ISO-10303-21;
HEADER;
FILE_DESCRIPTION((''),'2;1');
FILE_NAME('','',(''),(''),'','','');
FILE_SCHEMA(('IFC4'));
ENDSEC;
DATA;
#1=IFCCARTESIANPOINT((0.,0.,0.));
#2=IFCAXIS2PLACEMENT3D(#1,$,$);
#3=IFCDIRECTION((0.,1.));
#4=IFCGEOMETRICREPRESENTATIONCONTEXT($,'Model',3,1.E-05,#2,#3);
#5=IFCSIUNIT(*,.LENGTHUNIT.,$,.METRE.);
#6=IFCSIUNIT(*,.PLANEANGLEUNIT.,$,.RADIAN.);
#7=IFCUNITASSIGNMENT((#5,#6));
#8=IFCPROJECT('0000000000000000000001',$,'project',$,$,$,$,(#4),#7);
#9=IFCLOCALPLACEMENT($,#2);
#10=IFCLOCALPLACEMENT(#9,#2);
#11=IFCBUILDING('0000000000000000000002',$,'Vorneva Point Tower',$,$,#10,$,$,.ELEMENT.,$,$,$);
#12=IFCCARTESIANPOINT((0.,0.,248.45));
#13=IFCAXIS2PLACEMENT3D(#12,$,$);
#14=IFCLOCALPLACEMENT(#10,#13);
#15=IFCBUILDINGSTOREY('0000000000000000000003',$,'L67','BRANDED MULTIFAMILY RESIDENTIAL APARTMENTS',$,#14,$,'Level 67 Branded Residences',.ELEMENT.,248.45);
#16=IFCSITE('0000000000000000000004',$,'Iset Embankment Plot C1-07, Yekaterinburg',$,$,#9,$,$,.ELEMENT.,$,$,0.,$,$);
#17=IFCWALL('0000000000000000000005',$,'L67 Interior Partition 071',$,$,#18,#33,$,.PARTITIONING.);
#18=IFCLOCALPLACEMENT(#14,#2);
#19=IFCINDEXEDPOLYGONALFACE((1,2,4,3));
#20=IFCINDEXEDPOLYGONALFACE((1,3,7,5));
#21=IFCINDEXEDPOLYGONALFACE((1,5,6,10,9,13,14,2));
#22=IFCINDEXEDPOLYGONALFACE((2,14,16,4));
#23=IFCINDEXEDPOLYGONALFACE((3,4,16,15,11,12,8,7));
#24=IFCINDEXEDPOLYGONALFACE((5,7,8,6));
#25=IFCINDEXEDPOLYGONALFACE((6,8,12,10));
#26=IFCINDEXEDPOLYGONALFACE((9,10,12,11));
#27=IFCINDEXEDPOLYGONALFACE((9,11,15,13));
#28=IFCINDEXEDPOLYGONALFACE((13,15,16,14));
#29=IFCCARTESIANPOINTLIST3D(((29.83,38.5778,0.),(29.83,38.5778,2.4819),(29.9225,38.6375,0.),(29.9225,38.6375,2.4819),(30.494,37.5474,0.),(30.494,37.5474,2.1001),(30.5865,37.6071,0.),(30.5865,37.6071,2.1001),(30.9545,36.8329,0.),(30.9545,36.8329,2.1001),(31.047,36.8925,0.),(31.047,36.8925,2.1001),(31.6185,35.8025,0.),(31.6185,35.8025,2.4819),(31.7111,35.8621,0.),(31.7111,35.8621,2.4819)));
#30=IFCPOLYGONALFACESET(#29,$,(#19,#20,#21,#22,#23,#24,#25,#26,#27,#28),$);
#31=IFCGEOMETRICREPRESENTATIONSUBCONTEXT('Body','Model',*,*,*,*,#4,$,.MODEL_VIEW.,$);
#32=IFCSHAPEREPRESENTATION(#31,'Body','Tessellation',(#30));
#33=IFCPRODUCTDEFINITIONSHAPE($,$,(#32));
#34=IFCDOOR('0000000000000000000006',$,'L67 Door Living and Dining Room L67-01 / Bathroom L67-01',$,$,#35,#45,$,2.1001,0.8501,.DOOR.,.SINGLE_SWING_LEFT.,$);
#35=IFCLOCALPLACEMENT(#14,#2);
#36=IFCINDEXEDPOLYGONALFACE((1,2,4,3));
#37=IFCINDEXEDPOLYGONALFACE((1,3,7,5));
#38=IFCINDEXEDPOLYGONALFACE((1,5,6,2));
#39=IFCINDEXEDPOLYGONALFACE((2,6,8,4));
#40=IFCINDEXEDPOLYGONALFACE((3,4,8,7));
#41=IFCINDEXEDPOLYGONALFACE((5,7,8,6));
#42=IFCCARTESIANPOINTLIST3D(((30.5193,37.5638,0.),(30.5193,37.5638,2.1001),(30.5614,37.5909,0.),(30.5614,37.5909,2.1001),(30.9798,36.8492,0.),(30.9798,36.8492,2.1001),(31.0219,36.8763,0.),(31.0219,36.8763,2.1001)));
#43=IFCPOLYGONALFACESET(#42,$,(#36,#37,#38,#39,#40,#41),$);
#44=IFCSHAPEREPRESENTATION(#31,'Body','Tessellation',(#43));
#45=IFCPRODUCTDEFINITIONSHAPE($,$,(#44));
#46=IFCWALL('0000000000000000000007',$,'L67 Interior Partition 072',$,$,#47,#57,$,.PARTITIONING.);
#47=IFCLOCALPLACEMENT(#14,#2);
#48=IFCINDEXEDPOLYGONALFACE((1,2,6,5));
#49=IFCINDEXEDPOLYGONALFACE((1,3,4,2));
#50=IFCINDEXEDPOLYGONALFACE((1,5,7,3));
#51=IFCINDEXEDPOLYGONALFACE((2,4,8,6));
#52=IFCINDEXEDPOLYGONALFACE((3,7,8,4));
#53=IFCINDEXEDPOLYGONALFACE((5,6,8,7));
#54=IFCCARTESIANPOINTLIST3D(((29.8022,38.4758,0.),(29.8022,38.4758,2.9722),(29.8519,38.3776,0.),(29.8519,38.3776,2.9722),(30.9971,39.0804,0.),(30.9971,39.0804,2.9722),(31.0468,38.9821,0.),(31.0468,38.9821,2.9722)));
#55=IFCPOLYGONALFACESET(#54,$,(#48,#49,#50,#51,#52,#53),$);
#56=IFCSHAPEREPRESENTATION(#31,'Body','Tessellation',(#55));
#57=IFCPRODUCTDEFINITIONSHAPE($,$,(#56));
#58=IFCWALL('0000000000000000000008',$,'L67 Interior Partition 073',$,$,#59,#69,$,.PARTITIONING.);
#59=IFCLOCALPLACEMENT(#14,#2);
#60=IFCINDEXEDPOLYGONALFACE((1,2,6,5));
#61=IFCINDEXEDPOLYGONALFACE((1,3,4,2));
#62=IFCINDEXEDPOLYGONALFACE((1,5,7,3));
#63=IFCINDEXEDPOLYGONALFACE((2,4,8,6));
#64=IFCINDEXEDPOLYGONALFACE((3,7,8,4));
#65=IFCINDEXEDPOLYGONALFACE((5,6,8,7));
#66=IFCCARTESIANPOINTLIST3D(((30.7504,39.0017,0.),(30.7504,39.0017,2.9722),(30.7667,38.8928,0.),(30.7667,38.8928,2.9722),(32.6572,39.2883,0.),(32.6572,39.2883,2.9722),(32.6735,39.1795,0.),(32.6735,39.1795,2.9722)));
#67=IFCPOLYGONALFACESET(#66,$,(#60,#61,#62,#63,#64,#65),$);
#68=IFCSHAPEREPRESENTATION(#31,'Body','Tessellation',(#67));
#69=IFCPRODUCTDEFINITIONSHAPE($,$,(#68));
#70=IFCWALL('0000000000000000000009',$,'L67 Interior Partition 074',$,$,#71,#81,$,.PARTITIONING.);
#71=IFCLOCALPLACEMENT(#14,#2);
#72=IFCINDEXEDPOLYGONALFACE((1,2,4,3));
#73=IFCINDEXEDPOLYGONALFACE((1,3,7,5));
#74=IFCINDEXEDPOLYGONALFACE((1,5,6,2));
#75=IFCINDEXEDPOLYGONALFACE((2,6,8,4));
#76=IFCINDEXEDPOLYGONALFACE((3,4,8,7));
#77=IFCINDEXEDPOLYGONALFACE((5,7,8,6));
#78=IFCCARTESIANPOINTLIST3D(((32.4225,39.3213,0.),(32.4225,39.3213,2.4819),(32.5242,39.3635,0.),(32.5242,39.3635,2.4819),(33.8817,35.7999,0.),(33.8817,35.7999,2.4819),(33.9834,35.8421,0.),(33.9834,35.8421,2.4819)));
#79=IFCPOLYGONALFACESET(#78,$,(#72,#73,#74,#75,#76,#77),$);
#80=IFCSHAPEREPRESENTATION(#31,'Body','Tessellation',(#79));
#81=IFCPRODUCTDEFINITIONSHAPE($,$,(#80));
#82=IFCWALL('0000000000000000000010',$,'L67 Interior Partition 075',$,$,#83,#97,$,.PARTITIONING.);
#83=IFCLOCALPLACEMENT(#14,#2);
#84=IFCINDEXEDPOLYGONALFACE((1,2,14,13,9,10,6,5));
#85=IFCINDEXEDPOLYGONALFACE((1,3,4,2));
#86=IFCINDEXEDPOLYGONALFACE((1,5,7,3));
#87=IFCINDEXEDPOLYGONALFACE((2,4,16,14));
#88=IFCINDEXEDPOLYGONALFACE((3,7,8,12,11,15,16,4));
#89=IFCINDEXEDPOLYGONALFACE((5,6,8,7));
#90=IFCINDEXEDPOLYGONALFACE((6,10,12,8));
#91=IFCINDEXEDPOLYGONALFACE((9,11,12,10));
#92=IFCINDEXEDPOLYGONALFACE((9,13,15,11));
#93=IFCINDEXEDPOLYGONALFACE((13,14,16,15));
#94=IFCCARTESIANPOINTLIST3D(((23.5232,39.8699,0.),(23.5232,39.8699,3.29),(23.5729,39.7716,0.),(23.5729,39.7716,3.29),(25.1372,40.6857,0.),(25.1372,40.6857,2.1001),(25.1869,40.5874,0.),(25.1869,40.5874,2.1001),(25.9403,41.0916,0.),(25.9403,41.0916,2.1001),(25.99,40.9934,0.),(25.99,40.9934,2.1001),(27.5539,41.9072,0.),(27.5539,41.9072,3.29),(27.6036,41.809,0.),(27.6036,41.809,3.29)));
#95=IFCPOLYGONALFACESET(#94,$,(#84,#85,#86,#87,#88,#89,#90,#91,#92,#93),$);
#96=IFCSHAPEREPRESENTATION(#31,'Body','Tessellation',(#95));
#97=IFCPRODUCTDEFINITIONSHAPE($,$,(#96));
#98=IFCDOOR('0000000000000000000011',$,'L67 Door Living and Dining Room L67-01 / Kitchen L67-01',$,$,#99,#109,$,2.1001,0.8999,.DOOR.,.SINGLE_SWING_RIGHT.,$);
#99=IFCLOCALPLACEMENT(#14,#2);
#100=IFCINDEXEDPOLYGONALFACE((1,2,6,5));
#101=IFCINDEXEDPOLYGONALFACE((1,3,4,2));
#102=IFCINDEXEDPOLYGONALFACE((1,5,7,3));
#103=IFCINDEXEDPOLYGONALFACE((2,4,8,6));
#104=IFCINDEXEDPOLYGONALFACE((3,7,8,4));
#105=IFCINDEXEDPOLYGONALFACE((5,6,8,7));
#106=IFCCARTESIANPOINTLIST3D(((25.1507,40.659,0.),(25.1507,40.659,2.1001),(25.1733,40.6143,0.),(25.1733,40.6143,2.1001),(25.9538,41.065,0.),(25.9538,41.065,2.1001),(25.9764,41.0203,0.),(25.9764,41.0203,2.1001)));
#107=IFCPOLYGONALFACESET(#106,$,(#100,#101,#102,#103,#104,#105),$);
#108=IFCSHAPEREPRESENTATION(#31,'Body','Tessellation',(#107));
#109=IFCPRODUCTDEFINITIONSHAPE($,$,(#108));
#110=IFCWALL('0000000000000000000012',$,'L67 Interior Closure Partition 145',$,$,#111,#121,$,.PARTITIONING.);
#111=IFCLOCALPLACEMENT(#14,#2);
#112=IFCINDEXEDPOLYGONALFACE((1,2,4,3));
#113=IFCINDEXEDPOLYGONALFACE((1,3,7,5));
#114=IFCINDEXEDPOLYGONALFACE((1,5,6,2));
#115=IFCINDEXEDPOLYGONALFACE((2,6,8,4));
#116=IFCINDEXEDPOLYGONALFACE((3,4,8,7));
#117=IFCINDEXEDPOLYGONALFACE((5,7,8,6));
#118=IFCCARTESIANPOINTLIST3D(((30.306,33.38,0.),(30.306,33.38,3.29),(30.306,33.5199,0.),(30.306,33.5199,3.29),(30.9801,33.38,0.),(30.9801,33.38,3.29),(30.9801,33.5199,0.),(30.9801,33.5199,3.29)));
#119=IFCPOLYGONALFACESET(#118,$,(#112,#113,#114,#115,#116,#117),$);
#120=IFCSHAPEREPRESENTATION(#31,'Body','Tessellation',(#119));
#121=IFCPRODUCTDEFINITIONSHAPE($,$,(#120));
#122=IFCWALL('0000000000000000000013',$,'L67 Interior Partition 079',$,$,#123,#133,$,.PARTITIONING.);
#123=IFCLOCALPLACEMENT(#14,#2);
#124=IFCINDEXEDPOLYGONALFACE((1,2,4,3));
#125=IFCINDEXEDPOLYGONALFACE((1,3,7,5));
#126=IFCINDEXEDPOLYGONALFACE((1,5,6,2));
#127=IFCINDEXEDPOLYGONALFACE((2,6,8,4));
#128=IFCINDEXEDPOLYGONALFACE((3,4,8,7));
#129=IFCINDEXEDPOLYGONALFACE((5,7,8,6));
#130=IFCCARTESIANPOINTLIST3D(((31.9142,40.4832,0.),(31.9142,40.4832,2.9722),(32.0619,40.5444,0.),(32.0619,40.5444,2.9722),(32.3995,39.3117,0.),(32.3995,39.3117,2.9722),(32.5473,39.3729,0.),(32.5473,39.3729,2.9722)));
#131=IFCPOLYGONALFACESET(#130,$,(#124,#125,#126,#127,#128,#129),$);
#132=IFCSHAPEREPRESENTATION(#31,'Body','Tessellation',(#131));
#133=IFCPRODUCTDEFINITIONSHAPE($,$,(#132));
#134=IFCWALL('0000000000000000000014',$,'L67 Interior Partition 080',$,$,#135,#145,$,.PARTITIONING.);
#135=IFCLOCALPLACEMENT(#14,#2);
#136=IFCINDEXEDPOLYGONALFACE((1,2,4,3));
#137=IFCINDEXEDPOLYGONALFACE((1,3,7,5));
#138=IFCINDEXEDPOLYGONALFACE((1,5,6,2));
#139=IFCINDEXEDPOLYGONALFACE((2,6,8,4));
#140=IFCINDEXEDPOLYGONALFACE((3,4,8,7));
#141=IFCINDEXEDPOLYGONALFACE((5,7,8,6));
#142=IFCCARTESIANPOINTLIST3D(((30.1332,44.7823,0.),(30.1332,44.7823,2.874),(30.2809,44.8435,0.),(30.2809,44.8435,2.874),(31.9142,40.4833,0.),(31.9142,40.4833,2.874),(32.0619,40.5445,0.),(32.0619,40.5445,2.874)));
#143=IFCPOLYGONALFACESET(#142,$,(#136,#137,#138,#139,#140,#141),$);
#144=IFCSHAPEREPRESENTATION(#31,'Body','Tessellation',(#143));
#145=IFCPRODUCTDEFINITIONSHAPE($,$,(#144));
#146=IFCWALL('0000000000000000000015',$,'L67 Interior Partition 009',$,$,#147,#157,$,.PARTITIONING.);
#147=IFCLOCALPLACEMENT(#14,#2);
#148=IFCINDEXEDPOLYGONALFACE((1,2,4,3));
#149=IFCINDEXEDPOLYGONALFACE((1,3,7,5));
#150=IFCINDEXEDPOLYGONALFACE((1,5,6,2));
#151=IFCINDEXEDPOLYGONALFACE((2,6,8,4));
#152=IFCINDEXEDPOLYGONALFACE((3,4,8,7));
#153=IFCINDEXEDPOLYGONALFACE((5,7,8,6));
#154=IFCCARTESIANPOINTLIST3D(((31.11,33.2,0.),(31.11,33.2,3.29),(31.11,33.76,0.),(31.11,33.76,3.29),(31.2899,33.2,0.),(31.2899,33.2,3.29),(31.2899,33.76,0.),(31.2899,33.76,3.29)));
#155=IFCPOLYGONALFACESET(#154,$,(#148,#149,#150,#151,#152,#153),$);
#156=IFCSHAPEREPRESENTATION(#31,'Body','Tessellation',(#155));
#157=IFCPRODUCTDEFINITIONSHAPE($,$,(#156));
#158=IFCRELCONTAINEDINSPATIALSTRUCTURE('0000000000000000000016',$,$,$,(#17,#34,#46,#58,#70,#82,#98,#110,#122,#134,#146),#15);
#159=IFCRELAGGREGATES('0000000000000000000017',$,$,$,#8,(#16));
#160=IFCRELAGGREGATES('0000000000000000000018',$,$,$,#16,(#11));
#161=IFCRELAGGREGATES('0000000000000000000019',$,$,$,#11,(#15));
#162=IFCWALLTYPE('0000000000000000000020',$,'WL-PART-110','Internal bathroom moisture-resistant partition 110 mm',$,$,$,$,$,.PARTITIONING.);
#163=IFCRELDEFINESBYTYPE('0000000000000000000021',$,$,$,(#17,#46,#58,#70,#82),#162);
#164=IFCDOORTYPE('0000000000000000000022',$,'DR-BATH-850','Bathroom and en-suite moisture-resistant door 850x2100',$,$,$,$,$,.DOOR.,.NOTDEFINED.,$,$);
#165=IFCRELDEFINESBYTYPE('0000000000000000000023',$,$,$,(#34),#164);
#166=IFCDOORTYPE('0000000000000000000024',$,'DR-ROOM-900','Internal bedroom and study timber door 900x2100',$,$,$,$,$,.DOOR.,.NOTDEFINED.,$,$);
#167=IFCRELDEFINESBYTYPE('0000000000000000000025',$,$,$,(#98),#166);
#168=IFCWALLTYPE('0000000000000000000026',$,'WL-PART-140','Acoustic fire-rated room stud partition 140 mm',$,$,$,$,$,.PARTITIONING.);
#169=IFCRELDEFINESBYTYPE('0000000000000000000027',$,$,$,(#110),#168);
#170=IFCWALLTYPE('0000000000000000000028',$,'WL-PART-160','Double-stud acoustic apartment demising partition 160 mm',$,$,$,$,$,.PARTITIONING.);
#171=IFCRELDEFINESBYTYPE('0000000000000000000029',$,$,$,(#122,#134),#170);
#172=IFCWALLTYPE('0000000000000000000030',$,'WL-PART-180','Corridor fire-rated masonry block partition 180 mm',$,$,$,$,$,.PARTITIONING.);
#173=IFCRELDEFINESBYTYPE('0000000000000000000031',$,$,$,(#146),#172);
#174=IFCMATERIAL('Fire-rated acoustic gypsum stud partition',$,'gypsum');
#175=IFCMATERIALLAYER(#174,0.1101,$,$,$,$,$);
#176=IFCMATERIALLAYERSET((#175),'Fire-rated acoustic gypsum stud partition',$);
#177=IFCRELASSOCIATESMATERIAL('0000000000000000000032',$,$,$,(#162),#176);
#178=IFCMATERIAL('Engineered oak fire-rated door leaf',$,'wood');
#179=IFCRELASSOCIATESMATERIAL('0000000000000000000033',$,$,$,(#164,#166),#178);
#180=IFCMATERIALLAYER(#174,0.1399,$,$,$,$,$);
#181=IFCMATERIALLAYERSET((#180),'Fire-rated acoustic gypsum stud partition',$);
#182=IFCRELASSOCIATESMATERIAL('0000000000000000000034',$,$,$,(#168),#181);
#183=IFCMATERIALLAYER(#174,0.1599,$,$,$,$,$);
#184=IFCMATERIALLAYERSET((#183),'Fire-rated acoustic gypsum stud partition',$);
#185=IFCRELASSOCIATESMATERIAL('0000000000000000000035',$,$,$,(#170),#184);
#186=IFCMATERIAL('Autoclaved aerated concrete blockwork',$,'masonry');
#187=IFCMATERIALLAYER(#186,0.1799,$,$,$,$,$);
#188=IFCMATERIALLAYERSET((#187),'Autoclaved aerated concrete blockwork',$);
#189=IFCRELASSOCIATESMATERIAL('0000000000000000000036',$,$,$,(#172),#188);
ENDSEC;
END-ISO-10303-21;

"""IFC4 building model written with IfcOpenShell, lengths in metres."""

from ifc_helpers import new_model, si_unit, direction, frame, frame_2d, origin, place, context, subcontext, project, spatial, rectangle, extrude, material, layer, layer_set, type_object, element, fill, save


model = new_model("IFC4")

# Units and contexts
model_context = context("Model", 3, precision=1e-05, world=origin(), true_north=direction((0.0, 1.0)))
body_context = subcontext(model_context, "Body", "Model", "MODEL_VIEW")
ifc_project = project(units=[si_unit("LENGTHUNIT", "METRE"), si_unit("PLANEANGLEUNIT", "RADIAN")], contexts=[model_context])

# Site, building, storey
site_placement = place(None, origin())
site = spatial("IfcSite", under=ifc_project, at=site_placement, Name="Iset Embankment Plot C1-07, Yekaterinburg", CompositionType="ELEMENT", RefElevation=0.0)
building_placement = place(site_placement, origin())
building = spatial("IfcBuilding", under=site, at=building_placement, Name="Vorneva Point Tower", CompositionType="ELEMENT")
storey_placement = place(building_placement, frame((0.0, 0.0, 248.45)))
storey = spatial("IfcBuildingStorey", under=building, at=storey_placement, Name="L67", Description="BRANDED MULTIFAMILY RESIDENTIAL APARTMENTS", LongName="Level 67 Branded Residences", CompositionType="ELEMENT", Elevation=248.45)

# Wall, opening, door
ifc_material_1 = material(Name="Fire-rated acoustic gypsum stud partition", Category="gypsum")
ifc_layer_1 = layer(ifc_material_1, 0.1101)
ifc_layer_set_1 = layer_set([ifc_layer_1], Name="Fire-rated acoustic gypsum stud partition")
wall_type_1 = type_object("IfcWallType", Name="WL-PART-110", Description="Internal bathroom moisture-resistant partition 110 mm", PredefinedType="PARTITIONING", material=ifc_layer_set_1)
wall_1_placement = place(storey_placement, frame((31.6648, 35.8323, 0.0), z_axis=(0.0, 0.0, 1.0), x_axis=(-0.541699, 0.840573, 0.0)))
wall_1 = element("IfcWall", 1, at=wall_1_placement, inside=storey, type_object=wall_type_1, Name="L67 Interior Partition 071", PredefinedType="PARTITIONING", context=body_context, shape_type="SweptSolid", body=[
    extrude(rectangle(XDim=3.3018, YDim=0.1101, at=frame_2d((1.6509, 0.0))), origin(), (0.0, 0.0, 1.0), 2.4819),
])
opening_1_placement = place(wall_1_placement, frame((1.2258, 0.0, 0.0)))
opening_1 = element("IfcOpeningElement", 2, at=opening_1_placement, cuts=wall_1, PredefinedType="OPENING", context=body_context, shape_type="SweptSolid", body=[
    extrude(rectangle(XDim=0.8501, YDim=2.1001, at=frame_2d((0.425, 1.05))), frame((0.0, 0.0698, 0.0), z_axis=(0.0, -1.0, 0.0), x_axis=(1.0, 0.0, 0.0)), (0.0, 0.0, 1.0), 0.1399),
])
ifc_material_2 = material(Name="Engineered oak fire-rated door leaf", Category="wood")
door_type_1 = type_object("IfcDoorType", Name="DR-BATH-850", Description="Bathroom and en-suite moisture-resistant door 850x2100", OperationType="NOTDEFINED", PredefinedType="DOOR", material=ifc_material_2)
door_1_placement = place(opening_1_placement, origin())
door_1 = element("IfcDoor", 3, at=door_1_placement, inside=storey, type_object=door_type_1, Name="L67 Door Living and Dining Room L67-01 / Bathroom L67-01", OperationType="SINGLE_SWING_LEFT", OverallHeight=2.1001, OverallWidth=0.8501, PredefinedType="DOOR", context=body_context, shape_type="SweptSolid", body=[
    extrude(rectangle(XDim=0.8501, YDim=2.1001, at=frame_2d((0.425, 1.05))), frame((0.0, 0.0249, 0.0), z_axis=(0.0, -1.0, 0.0), x_axis=(1.0, 0.0, 0.0)), (0.0, 0.0, 1.0), 0.05),
])
fill(opening_1, door_1)

# Walls
wall_2_placement = place(storey_placement, frame((29.8271, 38.4268, 0.0), z_axis=(0.0, 0.0, 1.0), x_axis=(0.892302, 0.451439, 0.0)))
element("IfcWall", 4, at=wall_2_placement, inside=storey, type_object=wall_type_1, Name="L67 Interior Partition 072", PredefinedType="PARTITIONING", context=body_context, shape_type="SweptSolid", body=[
    extrude(rectangle(XDim=1.3391, YDim=0.1101, at=frame_2d((0.6694, 0.0))), origin(), (0.0, 0.0, 1.0), 2.9722),
])
wall_3_placement = place(storey_placement, frame((30.7585, 38.9473, 0.0), z_axis=(0.0, 0.0, 1.0), x_axis=(0.98889, 0.14865, 0.0)))
element("IfcWall", 5, at=wall_3_placement, inside=storey, type_object=wall_type_1, Name="L67 Interior Partition 073", PredefinedType="PARTITIONING", context=body_context, shape_type="SweptSolid", body=[
    extrude(rectangle(XDim=1.9282, YDim=0.1101, at=frame_2d((0.9641, 0.0))), origin(), (0.0, 0.0, 1.0), 2.9722),
])
wall_4_placement = place(storey_placement, frame((32.4734, 39.3423, 0.0), z_axis=(0.0, 0.0, 1.0), x_axis=(0.382814, -0.923826, 0.0)))
element("IfcWall", 6, at=wall_4_placement, inside=storey, type_object=wall_type_1, Name="L67 Interior Partition 074", PredefinedType="PARTITIONING", context=body_context, shape_type="SweptSolid", body=[
    extrude(rectangle(XDim=3.8118, YDim=0.1101, at=frame_2d((1.9058, 0.0))), origin(), (0.0, 0.0, 1.0), 2.4819),
])

# Wall, opening, door
wall_5_placement = place(storey_placement, frame((27.5789, 41.8582, 0.0), z_axis=(0.0, 0.0, 1.0), x_axis=(-0.892473, -0.451101, 0.0)))
wall_5 = element("IfcWall", 7, at=wall_5_placement, inside=storey, type_object=wall_type_1, Name="L67 Interior Partition 075", PredefinedType="PARTITIONING", context=body_context, shape_type="SweptSolid", body=[
    extrude(rectangle(XDim=4.5164, YDim=0.1101, at=frame_2d((2.2583, 0.0))), origin(), (0.0, 0.0, 1.0), 3.29),
])
opening_2_placement = place(wall_5_placement, frame((1.8081, 0.0, 0.0)))
opening_2 = element("IfcOpeningElement", 8, at=opening_2_placement, cuts=wall_5, PredefinedType="OPENING", context=body_context, shape_type="SweptSolid", body=[
    extrude(rectangle(XDim=0.8999, YDim=2.1001, at=frame_2d((0.45, 1.05))), frame((0.0, 0.0698, 0.0), z_axis=(0.0, -1.0, 0.0), x_axis=(1.0, 0.0, 0.0)), (0.0, 0.0, 1.0), 0.1399),
])
door_type_2 = type_object("IfcDoorType", Name="DR-ROOM-900", Description="Internal bedroom and study timber door 900x2100", OperationType="NOTDEFINED", PredefinedType="DOOR", material=ifc_material_2)
door_2_placement = place(opening_2_placement, origin())
door_2 = element("IfcDoor", 9, at=door_2_placement, inside=storey, type_object=door_type_2, Name="L67 Door Living and Dining Room L67-01 / Kitchen L67-01", OperationType="SINGLE_SWING_RIGHT", OverallHeight=2.1001, OverallWidth=0.8999, PredefinedType="DOOR", context=body_context, shape_type="SweptSolid", body=[
    extrude(rectangle(XDim=0.8999, YDim=2.1001, at=frame_2d((0.45, 1.05))), frame((0.0, 0.0249, 0.0), z_axis=(0.0, -1.0, 0.0), x_axis=(1.0, 0.0, 0.0)), (0.0, 0.0, 1.0), 0.05),
])
fill(opening_2, door_2)

# Walls
ifc_layer_2 = layer(ifc_material_1, 0.1399)
ifc_layer_set_2 = layer_set([ifc_layer_2], Name="Fire-rated acoustic gypsum stud partition")
wall_type_2 = type_object("IfcWallType", Name="WL-PART-140", Description="Acoustic fire-rated room stud partition 140 mm", PredefinedType="PARTITIONING", material=ifc_layer_set_2)
wall_6_placement = place(storey_placement, frame((30.98, 33.45, 0.0), z_axis=(0.0, 0.0, 1.0), x_axis=(-1.0, 0.0, 0.0)))
element("IfcWall", 10, at=wall_6_placement, inside=storey, type_object=wall_type_2, Name="L67 Interior Closure Partition 145", PredefinedType="PARTITIONING", context=body_context, shape_type="SweptSolid", body=[
    extrude(rectangle(XDim=0.6741, YDim=0.1399, at=frame_2d((0.3369, 0.0))), origin(), (0.0, 0.0, 1.0), 3.29),
])
ifc_layer_3 = layer(ifc_material_1, 0.1599)
ifc_layer_set_3 = layer_set([ifc_layer_3], Name="Fire-rated acoustic gypsum stud partition")
wall_type_3 = type_object("IfcWallType", Name="WL-PART-160", Description="Double-stud acoustic apartment demising partition 160 mm", PredefinedType="PARTITIONING", material=ifc_layer_set_3)
wall_7_placement = place(storey_placement, frame((32.4734, 39.3423, 0.0), z_axis=(0.0, 0.0, 1.0), x_axis=(-0.382715, 0.923867, 0.0)))
element("IfcWall", 11, at=wall_7_placement, inside=storey, type_object=wall_type_3, Name="L67 Interior Partition 079", PredefinedType="PARTITIONING", context=body_context, shape_type="SweptSolid", body=[
    extrude(rectangle(XDim=1.2681, YDim=0.1599, at=frame_2d((0.634, 0.0))), origin(), (0.0, 0.0, 1.0), 2.9722),
])
wall_8_placement = place(storey_placement, frame((31.988, 40.5139, 0.0), z_axis=(0.0, 0.0, 1.0), x_axis=(-0.382733, 0.923859, 0.0)))
element("IfcWall", 12, at=wall_8_placement, inside=storey, type_object=wall_type_3, Name="L67 Interior Partition 080", PredefinedType="PARTITIONING", context=body_context, shape_type="SweptSolid", body=[
    extrude(rectangle(XDim=4.6533, YDim=0.1599, at=frame_2d((2.3267, 0.0))), origin(), (0.0, 0.0, 1.0), 2.874),
])

# Shared definitions
ifc_material_3 = material(Name="Autoclaved aerated concrete blockwork", Category="masonry")
ifc_layer_4 = layer(ifc_material_3, 0.1799)
ifc_layer_set_4 = layer_set([ifc_layer_4], Name="Autoclaved aerated concrete blockwork")
wall_type_4 = type_object("IfcWallType", Name="WL-PART-180", Description="Corridor fire-rated masonry block partition 180 mm", PredefinedType="PARTITIONING", material=ifc_layer_set_4)

# Wall
wall_9_placement = place(storey_placement, frame((31.2, 33.76, 0.0), z_axis=(0.0, 0.0, 1.0), x_axis=(0.0, -1.0, 0.0)))
element("IfcWall", 13, at=wall_9_placement, inside=storey, type_object=wall_type_4, Name="L67 Interior Partition 009", PredefinedType="PARTITIONING", context=body_context, shape_type="SweptSolid", body=[
    extrude(rectangle(XDim=0.5601, YDim=0.1799, at=frame_2d((0.28, 0.0))), origin(), (0.0, 0.0, 1.0), 3.29),
])

save(model, "model.ifc")
